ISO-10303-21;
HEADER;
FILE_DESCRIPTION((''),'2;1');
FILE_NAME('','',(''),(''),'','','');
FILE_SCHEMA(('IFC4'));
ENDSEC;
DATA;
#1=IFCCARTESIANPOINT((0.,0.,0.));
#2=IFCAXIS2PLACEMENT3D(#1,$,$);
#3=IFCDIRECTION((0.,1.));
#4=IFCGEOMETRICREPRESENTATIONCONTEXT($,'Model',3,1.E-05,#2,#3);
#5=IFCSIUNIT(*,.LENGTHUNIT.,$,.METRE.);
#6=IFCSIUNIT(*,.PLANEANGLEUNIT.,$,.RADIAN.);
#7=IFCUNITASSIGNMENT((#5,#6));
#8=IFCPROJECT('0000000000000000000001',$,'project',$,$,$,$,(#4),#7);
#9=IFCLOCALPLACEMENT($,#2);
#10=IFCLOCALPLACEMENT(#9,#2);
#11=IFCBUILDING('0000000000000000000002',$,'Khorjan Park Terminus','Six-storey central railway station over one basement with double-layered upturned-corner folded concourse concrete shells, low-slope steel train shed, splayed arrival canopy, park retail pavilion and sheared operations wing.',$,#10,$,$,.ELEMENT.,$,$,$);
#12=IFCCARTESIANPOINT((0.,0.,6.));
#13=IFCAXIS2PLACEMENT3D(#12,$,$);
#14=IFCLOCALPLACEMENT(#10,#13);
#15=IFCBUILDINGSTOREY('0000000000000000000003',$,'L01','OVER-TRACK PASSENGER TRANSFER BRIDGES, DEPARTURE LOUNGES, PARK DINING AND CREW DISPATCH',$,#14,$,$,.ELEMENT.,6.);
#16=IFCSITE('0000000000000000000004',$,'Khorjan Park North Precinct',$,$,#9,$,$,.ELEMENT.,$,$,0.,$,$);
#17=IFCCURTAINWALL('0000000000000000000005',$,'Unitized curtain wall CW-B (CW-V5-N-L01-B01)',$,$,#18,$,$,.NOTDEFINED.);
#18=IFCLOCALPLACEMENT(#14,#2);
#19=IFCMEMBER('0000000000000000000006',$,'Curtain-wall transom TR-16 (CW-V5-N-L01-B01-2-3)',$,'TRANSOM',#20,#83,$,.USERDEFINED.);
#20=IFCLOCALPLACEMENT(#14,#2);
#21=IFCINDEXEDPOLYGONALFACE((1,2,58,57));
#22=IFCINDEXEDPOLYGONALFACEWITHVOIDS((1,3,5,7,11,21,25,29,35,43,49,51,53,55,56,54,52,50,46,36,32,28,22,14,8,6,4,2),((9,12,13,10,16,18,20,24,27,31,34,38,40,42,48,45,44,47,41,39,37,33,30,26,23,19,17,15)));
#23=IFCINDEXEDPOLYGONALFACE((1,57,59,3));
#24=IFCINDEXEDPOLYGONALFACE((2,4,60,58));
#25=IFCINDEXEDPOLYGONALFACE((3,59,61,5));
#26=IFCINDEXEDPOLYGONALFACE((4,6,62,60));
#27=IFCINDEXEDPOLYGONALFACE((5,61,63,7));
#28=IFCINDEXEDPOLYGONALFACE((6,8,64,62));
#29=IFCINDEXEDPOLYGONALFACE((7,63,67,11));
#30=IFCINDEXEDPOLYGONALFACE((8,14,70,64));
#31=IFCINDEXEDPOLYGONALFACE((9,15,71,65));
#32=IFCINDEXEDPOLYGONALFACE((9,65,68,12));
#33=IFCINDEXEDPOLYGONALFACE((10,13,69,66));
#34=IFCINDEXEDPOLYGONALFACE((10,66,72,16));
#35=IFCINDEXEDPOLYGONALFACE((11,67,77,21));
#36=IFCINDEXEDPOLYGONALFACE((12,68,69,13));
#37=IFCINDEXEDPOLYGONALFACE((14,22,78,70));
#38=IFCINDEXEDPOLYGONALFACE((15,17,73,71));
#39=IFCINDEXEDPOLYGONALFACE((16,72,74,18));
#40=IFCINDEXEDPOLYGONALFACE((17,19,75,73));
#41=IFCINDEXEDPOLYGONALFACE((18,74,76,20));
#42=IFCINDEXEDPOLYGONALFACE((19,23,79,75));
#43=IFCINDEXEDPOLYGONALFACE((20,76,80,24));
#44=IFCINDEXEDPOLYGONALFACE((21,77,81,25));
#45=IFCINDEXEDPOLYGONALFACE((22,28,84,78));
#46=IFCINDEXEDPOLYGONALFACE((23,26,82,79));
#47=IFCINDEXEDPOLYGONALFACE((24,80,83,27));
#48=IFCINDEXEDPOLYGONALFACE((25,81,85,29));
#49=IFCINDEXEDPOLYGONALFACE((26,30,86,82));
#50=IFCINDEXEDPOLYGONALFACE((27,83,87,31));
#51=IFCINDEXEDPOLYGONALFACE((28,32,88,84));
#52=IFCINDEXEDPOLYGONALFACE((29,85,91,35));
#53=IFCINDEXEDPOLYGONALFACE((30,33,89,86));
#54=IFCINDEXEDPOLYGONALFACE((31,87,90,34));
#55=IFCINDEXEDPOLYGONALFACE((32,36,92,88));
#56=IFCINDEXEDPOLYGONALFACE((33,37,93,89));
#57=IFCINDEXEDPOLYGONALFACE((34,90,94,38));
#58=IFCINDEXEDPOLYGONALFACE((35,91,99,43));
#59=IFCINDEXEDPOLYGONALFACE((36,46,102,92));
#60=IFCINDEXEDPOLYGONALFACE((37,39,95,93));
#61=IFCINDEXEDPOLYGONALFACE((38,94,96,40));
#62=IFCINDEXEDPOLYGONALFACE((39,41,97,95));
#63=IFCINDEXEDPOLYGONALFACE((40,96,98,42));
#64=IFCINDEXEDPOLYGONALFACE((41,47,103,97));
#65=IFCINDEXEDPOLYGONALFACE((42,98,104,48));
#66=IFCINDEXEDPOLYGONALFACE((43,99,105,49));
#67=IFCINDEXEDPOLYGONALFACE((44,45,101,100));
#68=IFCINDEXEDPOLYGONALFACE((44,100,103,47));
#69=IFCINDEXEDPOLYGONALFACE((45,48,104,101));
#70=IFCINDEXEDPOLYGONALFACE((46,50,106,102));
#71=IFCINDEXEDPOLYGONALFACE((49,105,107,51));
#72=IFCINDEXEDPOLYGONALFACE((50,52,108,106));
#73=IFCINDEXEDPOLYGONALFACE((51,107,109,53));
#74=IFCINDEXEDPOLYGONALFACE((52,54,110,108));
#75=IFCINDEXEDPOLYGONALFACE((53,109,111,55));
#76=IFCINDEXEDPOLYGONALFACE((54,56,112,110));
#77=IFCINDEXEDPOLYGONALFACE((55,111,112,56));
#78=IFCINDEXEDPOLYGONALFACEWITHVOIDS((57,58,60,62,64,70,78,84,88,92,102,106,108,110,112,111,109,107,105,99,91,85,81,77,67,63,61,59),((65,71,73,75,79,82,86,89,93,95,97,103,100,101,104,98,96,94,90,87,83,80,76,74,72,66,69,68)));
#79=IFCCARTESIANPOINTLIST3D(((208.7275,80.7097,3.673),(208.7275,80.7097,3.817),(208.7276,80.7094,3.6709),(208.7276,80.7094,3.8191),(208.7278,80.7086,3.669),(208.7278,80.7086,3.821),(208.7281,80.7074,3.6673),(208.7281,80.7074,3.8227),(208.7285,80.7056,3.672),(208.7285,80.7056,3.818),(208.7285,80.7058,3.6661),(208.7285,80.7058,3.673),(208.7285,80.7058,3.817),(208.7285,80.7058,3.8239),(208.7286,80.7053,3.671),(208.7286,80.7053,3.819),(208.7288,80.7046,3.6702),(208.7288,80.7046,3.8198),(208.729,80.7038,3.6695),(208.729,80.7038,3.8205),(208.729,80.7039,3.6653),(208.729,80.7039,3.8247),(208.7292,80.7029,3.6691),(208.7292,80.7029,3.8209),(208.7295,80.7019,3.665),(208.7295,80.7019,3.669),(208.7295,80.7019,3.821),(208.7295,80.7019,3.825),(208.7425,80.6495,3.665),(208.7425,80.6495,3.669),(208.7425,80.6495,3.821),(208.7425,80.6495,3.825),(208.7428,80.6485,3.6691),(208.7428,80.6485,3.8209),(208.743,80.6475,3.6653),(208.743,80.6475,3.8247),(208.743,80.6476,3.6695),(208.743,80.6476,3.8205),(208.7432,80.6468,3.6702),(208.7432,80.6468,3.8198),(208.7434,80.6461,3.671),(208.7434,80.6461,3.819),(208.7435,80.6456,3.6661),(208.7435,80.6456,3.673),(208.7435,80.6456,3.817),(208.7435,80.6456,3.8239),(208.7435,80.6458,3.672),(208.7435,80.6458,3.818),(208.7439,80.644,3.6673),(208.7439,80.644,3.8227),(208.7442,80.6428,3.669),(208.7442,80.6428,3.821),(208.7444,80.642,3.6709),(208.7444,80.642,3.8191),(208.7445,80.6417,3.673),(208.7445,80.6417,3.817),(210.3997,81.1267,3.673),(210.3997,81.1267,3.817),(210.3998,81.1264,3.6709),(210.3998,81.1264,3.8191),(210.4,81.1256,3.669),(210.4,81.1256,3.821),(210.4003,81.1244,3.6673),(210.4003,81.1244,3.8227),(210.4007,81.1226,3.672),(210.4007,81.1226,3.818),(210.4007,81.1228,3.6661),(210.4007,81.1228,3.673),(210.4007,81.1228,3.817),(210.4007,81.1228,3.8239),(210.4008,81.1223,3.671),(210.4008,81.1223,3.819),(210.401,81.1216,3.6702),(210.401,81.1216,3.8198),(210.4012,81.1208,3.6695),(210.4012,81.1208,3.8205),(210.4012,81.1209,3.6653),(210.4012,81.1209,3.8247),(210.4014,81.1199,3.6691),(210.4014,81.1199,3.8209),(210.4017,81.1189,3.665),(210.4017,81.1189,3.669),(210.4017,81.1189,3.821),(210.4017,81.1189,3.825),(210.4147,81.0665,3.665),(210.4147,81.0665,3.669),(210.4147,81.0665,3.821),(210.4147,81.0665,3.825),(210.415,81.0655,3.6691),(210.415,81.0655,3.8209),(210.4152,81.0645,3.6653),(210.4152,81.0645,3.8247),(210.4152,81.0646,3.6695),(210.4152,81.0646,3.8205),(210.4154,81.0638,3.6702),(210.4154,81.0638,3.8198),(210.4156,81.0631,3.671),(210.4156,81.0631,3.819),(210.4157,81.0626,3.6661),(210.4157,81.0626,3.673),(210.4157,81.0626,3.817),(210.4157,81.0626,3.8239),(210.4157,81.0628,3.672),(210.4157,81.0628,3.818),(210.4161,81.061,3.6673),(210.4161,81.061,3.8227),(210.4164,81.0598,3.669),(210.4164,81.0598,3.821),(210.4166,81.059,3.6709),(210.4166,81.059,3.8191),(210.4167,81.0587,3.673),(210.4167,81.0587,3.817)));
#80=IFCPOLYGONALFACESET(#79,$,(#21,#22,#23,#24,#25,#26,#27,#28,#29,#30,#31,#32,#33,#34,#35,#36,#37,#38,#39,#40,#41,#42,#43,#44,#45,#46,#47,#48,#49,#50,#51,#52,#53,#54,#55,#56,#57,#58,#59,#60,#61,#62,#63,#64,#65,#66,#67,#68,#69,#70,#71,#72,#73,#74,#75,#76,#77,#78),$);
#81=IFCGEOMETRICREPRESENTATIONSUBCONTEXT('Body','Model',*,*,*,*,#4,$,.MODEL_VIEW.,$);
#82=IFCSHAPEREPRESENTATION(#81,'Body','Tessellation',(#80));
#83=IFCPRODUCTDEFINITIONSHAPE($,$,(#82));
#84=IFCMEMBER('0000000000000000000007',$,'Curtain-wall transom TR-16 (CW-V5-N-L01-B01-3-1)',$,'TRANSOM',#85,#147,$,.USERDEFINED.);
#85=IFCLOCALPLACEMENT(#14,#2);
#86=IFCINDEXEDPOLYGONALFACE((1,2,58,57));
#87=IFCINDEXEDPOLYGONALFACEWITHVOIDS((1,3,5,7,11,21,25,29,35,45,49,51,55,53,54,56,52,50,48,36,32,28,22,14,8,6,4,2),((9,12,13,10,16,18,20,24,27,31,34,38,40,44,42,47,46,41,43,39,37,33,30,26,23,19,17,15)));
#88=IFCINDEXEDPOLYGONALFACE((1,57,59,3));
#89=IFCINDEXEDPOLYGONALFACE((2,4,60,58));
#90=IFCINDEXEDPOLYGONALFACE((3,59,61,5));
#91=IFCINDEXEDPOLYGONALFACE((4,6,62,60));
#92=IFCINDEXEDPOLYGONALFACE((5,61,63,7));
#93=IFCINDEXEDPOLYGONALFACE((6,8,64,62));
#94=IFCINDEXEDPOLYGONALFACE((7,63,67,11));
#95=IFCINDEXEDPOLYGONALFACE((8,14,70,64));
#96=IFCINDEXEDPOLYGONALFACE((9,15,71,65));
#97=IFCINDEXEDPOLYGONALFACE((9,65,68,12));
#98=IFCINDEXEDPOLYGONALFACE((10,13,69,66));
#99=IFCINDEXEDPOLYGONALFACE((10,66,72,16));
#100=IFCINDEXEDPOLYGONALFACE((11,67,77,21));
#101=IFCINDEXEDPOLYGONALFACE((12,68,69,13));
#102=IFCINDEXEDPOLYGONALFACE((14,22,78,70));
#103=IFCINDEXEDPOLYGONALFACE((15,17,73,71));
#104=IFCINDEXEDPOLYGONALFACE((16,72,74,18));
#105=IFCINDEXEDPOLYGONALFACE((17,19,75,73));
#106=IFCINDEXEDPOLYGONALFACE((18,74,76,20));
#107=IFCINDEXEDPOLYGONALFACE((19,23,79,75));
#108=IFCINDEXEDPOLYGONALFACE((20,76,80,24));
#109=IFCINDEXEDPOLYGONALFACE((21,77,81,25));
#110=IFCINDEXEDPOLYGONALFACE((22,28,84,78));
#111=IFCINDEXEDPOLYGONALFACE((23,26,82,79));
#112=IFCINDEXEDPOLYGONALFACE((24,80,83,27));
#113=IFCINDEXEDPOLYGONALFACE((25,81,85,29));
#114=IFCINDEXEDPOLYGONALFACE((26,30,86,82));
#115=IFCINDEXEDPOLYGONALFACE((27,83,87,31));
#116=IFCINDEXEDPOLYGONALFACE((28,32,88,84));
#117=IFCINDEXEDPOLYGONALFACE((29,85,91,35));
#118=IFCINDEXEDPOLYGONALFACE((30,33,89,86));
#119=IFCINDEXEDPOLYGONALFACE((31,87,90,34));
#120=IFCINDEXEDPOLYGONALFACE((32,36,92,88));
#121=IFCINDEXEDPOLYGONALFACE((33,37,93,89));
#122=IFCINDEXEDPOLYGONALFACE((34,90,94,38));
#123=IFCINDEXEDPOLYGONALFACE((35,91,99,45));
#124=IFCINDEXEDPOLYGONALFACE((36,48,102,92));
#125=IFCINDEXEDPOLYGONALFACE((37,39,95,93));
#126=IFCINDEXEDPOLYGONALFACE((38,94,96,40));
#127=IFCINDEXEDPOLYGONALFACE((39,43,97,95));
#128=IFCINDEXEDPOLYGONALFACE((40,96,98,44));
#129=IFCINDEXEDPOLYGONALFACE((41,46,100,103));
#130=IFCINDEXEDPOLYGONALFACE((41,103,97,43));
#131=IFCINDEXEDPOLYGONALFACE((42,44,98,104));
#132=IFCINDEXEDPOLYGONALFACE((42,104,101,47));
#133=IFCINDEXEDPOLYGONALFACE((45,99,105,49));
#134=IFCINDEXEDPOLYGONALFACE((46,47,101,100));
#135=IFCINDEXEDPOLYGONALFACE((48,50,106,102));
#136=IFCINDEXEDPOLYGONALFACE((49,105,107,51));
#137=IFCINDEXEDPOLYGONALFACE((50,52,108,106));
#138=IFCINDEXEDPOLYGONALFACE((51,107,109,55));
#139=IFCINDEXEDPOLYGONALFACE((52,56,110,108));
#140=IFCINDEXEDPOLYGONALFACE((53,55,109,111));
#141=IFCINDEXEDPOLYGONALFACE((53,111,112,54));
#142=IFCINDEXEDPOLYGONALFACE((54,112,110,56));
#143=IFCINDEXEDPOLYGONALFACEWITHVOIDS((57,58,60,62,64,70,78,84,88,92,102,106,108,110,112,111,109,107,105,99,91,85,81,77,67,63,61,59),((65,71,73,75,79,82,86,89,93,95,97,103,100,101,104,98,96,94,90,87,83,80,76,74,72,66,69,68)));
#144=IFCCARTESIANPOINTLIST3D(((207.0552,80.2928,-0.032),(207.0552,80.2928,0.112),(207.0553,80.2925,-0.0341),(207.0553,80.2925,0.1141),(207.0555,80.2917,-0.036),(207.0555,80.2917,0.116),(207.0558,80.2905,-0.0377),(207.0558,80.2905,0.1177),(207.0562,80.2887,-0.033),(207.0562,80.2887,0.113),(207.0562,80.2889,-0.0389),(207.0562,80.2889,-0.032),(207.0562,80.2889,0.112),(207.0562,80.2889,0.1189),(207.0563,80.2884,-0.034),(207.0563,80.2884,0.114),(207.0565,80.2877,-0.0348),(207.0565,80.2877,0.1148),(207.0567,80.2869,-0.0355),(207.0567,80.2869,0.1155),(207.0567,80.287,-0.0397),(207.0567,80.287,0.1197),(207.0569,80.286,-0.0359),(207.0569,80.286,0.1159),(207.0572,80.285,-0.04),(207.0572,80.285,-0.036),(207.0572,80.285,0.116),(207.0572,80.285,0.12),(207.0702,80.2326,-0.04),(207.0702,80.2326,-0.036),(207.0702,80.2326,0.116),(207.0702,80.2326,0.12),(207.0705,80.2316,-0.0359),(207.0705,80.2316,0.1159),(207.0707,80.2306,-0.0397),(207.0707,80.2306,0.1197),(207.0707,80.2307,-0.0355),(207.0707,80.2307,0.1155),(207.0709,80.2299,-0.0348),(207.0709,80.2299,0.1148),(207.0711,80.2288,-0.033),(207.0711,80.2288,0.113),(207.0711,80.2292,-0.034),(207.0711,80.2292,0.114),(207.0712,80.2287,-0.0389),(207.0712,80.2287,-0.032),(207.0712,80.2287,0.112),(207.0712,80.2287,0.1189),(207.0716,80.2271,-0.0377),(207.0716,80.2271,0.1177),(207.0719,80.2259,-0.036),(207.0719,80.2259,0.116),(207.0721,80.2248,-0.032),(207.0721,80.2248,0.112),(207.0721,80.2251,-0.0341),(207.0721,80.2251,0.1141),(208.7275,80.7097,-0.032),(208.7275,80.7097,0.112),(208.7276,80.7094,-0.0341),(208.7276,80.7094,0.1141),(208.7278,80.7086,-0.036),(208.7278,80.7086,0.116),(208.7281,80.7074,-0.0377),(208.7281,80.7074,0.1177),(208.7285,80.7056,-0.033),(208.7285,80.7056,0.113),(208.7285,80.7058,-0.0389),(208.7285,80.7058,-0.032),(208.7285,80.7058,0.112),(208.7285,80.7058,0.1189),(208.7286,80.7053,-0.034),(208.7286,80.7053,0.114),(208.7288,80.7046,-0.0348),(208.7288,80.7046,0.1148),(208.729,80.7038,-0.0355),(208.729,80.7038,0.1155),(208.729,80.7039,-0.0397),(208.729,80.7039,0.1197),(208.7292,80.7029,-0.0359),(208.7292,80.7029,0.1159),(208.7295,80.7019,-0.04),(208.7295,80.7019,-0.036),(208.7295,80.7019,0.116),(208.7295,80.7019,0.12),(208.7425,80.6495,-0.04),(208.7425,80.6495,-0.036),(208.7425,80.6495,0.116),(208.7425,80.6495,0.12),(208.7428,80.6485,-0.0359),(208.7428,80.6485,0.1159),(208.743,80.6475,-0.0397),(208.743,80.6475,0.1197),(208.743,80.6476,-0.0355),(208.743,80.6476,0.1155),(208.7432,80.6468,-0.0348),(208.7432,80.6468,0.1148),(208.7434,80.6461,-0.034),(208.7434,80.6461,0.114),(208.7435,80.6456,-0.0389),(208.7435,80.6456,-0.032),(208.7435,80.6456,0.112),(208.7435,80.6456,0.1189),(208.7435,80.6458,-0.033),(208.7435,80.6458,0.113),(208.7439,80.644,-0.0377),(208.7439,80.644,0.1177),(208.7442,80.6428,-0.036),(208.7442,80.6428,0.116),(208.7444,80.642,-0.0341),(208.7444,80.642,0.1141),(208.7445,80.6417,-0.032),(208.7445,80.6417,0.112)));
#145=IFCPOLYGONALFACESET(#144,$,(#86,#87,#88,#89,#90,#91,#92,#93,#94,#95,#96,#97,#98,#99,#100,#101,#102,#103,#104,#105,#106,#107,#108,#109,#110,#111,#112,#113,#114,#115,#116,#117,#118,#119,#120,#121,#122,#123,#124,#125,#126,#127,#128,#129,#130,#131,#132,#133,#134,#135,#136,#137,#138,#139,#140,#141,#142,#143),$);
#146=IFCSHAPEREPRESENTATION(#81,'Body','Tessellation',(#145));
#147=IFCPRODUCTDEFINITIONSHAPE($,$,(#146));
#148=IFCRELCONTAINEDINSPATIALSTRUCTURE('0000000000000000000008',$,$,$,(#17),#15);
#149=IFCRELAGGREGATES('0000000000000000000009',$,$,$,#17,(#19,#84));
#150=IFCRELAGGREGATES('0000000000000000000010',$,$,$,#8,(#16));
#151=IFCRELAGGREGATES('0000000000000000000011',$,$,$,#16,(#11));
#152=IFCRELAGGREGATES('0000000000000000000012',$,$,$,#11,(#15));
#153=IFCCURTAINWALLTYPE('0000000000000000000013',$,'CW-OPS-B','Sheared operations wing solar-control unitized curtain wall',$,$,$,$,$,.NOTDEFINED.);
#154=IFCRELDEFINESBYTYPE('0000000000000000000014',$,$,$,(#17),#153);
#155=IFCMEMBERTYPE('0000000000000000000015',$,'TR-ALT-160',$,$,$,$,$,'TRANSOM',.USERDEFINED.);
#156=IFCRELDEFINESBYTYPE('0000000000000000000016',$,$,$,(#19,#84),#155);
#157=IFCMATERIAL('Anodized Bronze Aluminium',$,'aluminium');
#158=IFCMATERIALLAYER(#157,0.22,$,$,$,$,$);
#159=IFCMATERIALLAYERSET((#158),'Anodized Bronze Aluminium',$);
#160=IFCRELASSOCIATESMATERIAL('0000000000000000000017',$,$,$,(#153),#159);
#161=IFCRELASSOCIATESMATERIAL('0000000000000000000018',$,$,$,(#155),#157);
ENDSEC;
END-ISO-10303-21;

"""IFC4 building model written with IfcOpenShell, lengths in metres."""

from ifc_helpers import new_model, si_unit, direction, frame, origin, origin_2d, place, context, subcontext, project, spatial, hollow_rectangle, extrude, material, layer, layer_set, material_profile, profile_set, type_object, element, aggregate, save


model = new_model("IFC4")

# Units and contexts
model_context = context("Model", 3, precision=1e-05, world=origin(), true_north=direction((0.0, 1.0)))
body_context = subcontext(model_context, "Body", "Model", "MODEL_VIEW")
ifc_project = project(units=[si_unit("LENGTHUNIT", "METRE"), si_unit("PLANEANGLEUNIT", "RADIAN")], contexts=[model_context])

# Site, building, storey
site_placement = place(None, origin())
site = spatial("IfcSite", under=ifc_project, at=site_placement, Name="Khorjan Park North Precinct", CompositionType="ELEMENT", RefElevation=0.0)
building_placement = place(site_placement, origin())
building = spatial("IfcBuilding", under=site, at=building_placement, Name="Khorjan Park Terminus", Description="Six-storey central railway station over one basement with double-layered upturned-corner folded concourse concrete shells, low-slope steel train shed, splayed arrival canopy, park retail pavilion and sheared operations wing.", CompositionType="ELEMENT")
storey_placement = place(building_placement, frame((0.0, 0.0, 6.0)))
storey = spatial("IfcBuildingStorey", under=building, at=storey_placement, Name="L01", Description="OVER-TRACK PASSENGER TRANSFER BRIDGES, DEPARTURE LOUNGES, PARK DINING AND CREW DISPATCH", CompositionType="ELEMENT", Elevation=6.0)

# Curtain wall, members
ifc_material_1 = material(Name="Anodized Bronze Aluminium", Category="aluminium")
ifc_layer_1 = layer(ifc_material_1, 0.22)
ifc_layer_set_1 = layer_set([ifc_layer_1], Name="Anodized Bronze Aluminium")
curtain_wall_type = type_object("IfcCurtainWallType", Name="CW-OPS-B", Description="Sheared operations wing solar-control unitized curtain wall", PredefinedType="NOTDEFINED", material=ifc_layer_set_1)
curtain_wall_placement = place(storey_placement, origin())
curtain_wall = element("IfcCurtainWall", 1, at=curtain_wall_placement, inside=storey, type_object=curtain_wall_type, Name="Unitized curtain wall CW-B (CW-V5-N-L01-B01)", PredefinedType="NOTDEFINED")
ifc_material_profile_1 = material_profile(ifc_material_1, hollow_rectangle(XDim=0.07, YDim=0.16, WallThickness=0.004, InnerFilletRadius=0.004, OuterFilletRadius=0.008, at=origin_2d()), Name="ALT 70x160x4")
ifc_profile_set_1 = profile_set([ifc_material_profile_1], Name="Anodized Bronze Aluminium")
member_type_1 = type_object("IfcMemberType", Name="TR-ALT-160", ElementType="TRANSOM", PredefinedType="USERDEFINED", material=ifc_profile_set_1)
member_1_placement = place(storey_placement, frame((210.4082, 81.0927, 3.745), z_axis=(-0.970286, -0.241962, 0.0), x_axis=(0.241962, -0.970286, 0.0)))
member_1 = element("IfcMember", 2, at=member_1_placement, type_object=member_type_1, Name="Curtain-wall transom TR-16 (CW-V5-N-L01-B01-2-3)", ObjectType="TRANSOM", PredefinedType="USERDEFINED", context=body_context, shape_type="SweptSolid", body=[
    extrude(hollow_rectangle(XDim=0.07, YDim=0.16, WallThickness=0.004, InnerFilletRadius=0.004, OuterFilletRadius=0.008, at=origin_2d()), origin(), (0.0, 0.0, 1.0), 1.7234),
])
member_2_placement = place(storey_placement, frame((208.736, 80.6757, 0.04), z_axis=(-0.970303, -0.241894, 0.0), x_axis=(0.241894, -0.970303, 0.0)))
member_2 = element("IfcMember", 3, at=member_2_placement, type_object=member_type_1, Name="Curtain-wall transom TR-16 (CW-V5-N-L01-B01-3-1)", ObjectType="TRANSOM", PredefinedType="USERDEFINED", context=body_context, shape_type="SweptSolid", body=[
    extrude(hollow_rectangle(XDim=0.07, YDim=0.16, WallThickness=0.004, InnerFilletRadius=0.004, OuterFilletRadius=0.008, at=origin_2d()), origin(), (0.0, 0.0, 1.0), 1.7235),
])
aggregate(curtain_wall, [member_1, member_2])

save(model, "model.ifc")
